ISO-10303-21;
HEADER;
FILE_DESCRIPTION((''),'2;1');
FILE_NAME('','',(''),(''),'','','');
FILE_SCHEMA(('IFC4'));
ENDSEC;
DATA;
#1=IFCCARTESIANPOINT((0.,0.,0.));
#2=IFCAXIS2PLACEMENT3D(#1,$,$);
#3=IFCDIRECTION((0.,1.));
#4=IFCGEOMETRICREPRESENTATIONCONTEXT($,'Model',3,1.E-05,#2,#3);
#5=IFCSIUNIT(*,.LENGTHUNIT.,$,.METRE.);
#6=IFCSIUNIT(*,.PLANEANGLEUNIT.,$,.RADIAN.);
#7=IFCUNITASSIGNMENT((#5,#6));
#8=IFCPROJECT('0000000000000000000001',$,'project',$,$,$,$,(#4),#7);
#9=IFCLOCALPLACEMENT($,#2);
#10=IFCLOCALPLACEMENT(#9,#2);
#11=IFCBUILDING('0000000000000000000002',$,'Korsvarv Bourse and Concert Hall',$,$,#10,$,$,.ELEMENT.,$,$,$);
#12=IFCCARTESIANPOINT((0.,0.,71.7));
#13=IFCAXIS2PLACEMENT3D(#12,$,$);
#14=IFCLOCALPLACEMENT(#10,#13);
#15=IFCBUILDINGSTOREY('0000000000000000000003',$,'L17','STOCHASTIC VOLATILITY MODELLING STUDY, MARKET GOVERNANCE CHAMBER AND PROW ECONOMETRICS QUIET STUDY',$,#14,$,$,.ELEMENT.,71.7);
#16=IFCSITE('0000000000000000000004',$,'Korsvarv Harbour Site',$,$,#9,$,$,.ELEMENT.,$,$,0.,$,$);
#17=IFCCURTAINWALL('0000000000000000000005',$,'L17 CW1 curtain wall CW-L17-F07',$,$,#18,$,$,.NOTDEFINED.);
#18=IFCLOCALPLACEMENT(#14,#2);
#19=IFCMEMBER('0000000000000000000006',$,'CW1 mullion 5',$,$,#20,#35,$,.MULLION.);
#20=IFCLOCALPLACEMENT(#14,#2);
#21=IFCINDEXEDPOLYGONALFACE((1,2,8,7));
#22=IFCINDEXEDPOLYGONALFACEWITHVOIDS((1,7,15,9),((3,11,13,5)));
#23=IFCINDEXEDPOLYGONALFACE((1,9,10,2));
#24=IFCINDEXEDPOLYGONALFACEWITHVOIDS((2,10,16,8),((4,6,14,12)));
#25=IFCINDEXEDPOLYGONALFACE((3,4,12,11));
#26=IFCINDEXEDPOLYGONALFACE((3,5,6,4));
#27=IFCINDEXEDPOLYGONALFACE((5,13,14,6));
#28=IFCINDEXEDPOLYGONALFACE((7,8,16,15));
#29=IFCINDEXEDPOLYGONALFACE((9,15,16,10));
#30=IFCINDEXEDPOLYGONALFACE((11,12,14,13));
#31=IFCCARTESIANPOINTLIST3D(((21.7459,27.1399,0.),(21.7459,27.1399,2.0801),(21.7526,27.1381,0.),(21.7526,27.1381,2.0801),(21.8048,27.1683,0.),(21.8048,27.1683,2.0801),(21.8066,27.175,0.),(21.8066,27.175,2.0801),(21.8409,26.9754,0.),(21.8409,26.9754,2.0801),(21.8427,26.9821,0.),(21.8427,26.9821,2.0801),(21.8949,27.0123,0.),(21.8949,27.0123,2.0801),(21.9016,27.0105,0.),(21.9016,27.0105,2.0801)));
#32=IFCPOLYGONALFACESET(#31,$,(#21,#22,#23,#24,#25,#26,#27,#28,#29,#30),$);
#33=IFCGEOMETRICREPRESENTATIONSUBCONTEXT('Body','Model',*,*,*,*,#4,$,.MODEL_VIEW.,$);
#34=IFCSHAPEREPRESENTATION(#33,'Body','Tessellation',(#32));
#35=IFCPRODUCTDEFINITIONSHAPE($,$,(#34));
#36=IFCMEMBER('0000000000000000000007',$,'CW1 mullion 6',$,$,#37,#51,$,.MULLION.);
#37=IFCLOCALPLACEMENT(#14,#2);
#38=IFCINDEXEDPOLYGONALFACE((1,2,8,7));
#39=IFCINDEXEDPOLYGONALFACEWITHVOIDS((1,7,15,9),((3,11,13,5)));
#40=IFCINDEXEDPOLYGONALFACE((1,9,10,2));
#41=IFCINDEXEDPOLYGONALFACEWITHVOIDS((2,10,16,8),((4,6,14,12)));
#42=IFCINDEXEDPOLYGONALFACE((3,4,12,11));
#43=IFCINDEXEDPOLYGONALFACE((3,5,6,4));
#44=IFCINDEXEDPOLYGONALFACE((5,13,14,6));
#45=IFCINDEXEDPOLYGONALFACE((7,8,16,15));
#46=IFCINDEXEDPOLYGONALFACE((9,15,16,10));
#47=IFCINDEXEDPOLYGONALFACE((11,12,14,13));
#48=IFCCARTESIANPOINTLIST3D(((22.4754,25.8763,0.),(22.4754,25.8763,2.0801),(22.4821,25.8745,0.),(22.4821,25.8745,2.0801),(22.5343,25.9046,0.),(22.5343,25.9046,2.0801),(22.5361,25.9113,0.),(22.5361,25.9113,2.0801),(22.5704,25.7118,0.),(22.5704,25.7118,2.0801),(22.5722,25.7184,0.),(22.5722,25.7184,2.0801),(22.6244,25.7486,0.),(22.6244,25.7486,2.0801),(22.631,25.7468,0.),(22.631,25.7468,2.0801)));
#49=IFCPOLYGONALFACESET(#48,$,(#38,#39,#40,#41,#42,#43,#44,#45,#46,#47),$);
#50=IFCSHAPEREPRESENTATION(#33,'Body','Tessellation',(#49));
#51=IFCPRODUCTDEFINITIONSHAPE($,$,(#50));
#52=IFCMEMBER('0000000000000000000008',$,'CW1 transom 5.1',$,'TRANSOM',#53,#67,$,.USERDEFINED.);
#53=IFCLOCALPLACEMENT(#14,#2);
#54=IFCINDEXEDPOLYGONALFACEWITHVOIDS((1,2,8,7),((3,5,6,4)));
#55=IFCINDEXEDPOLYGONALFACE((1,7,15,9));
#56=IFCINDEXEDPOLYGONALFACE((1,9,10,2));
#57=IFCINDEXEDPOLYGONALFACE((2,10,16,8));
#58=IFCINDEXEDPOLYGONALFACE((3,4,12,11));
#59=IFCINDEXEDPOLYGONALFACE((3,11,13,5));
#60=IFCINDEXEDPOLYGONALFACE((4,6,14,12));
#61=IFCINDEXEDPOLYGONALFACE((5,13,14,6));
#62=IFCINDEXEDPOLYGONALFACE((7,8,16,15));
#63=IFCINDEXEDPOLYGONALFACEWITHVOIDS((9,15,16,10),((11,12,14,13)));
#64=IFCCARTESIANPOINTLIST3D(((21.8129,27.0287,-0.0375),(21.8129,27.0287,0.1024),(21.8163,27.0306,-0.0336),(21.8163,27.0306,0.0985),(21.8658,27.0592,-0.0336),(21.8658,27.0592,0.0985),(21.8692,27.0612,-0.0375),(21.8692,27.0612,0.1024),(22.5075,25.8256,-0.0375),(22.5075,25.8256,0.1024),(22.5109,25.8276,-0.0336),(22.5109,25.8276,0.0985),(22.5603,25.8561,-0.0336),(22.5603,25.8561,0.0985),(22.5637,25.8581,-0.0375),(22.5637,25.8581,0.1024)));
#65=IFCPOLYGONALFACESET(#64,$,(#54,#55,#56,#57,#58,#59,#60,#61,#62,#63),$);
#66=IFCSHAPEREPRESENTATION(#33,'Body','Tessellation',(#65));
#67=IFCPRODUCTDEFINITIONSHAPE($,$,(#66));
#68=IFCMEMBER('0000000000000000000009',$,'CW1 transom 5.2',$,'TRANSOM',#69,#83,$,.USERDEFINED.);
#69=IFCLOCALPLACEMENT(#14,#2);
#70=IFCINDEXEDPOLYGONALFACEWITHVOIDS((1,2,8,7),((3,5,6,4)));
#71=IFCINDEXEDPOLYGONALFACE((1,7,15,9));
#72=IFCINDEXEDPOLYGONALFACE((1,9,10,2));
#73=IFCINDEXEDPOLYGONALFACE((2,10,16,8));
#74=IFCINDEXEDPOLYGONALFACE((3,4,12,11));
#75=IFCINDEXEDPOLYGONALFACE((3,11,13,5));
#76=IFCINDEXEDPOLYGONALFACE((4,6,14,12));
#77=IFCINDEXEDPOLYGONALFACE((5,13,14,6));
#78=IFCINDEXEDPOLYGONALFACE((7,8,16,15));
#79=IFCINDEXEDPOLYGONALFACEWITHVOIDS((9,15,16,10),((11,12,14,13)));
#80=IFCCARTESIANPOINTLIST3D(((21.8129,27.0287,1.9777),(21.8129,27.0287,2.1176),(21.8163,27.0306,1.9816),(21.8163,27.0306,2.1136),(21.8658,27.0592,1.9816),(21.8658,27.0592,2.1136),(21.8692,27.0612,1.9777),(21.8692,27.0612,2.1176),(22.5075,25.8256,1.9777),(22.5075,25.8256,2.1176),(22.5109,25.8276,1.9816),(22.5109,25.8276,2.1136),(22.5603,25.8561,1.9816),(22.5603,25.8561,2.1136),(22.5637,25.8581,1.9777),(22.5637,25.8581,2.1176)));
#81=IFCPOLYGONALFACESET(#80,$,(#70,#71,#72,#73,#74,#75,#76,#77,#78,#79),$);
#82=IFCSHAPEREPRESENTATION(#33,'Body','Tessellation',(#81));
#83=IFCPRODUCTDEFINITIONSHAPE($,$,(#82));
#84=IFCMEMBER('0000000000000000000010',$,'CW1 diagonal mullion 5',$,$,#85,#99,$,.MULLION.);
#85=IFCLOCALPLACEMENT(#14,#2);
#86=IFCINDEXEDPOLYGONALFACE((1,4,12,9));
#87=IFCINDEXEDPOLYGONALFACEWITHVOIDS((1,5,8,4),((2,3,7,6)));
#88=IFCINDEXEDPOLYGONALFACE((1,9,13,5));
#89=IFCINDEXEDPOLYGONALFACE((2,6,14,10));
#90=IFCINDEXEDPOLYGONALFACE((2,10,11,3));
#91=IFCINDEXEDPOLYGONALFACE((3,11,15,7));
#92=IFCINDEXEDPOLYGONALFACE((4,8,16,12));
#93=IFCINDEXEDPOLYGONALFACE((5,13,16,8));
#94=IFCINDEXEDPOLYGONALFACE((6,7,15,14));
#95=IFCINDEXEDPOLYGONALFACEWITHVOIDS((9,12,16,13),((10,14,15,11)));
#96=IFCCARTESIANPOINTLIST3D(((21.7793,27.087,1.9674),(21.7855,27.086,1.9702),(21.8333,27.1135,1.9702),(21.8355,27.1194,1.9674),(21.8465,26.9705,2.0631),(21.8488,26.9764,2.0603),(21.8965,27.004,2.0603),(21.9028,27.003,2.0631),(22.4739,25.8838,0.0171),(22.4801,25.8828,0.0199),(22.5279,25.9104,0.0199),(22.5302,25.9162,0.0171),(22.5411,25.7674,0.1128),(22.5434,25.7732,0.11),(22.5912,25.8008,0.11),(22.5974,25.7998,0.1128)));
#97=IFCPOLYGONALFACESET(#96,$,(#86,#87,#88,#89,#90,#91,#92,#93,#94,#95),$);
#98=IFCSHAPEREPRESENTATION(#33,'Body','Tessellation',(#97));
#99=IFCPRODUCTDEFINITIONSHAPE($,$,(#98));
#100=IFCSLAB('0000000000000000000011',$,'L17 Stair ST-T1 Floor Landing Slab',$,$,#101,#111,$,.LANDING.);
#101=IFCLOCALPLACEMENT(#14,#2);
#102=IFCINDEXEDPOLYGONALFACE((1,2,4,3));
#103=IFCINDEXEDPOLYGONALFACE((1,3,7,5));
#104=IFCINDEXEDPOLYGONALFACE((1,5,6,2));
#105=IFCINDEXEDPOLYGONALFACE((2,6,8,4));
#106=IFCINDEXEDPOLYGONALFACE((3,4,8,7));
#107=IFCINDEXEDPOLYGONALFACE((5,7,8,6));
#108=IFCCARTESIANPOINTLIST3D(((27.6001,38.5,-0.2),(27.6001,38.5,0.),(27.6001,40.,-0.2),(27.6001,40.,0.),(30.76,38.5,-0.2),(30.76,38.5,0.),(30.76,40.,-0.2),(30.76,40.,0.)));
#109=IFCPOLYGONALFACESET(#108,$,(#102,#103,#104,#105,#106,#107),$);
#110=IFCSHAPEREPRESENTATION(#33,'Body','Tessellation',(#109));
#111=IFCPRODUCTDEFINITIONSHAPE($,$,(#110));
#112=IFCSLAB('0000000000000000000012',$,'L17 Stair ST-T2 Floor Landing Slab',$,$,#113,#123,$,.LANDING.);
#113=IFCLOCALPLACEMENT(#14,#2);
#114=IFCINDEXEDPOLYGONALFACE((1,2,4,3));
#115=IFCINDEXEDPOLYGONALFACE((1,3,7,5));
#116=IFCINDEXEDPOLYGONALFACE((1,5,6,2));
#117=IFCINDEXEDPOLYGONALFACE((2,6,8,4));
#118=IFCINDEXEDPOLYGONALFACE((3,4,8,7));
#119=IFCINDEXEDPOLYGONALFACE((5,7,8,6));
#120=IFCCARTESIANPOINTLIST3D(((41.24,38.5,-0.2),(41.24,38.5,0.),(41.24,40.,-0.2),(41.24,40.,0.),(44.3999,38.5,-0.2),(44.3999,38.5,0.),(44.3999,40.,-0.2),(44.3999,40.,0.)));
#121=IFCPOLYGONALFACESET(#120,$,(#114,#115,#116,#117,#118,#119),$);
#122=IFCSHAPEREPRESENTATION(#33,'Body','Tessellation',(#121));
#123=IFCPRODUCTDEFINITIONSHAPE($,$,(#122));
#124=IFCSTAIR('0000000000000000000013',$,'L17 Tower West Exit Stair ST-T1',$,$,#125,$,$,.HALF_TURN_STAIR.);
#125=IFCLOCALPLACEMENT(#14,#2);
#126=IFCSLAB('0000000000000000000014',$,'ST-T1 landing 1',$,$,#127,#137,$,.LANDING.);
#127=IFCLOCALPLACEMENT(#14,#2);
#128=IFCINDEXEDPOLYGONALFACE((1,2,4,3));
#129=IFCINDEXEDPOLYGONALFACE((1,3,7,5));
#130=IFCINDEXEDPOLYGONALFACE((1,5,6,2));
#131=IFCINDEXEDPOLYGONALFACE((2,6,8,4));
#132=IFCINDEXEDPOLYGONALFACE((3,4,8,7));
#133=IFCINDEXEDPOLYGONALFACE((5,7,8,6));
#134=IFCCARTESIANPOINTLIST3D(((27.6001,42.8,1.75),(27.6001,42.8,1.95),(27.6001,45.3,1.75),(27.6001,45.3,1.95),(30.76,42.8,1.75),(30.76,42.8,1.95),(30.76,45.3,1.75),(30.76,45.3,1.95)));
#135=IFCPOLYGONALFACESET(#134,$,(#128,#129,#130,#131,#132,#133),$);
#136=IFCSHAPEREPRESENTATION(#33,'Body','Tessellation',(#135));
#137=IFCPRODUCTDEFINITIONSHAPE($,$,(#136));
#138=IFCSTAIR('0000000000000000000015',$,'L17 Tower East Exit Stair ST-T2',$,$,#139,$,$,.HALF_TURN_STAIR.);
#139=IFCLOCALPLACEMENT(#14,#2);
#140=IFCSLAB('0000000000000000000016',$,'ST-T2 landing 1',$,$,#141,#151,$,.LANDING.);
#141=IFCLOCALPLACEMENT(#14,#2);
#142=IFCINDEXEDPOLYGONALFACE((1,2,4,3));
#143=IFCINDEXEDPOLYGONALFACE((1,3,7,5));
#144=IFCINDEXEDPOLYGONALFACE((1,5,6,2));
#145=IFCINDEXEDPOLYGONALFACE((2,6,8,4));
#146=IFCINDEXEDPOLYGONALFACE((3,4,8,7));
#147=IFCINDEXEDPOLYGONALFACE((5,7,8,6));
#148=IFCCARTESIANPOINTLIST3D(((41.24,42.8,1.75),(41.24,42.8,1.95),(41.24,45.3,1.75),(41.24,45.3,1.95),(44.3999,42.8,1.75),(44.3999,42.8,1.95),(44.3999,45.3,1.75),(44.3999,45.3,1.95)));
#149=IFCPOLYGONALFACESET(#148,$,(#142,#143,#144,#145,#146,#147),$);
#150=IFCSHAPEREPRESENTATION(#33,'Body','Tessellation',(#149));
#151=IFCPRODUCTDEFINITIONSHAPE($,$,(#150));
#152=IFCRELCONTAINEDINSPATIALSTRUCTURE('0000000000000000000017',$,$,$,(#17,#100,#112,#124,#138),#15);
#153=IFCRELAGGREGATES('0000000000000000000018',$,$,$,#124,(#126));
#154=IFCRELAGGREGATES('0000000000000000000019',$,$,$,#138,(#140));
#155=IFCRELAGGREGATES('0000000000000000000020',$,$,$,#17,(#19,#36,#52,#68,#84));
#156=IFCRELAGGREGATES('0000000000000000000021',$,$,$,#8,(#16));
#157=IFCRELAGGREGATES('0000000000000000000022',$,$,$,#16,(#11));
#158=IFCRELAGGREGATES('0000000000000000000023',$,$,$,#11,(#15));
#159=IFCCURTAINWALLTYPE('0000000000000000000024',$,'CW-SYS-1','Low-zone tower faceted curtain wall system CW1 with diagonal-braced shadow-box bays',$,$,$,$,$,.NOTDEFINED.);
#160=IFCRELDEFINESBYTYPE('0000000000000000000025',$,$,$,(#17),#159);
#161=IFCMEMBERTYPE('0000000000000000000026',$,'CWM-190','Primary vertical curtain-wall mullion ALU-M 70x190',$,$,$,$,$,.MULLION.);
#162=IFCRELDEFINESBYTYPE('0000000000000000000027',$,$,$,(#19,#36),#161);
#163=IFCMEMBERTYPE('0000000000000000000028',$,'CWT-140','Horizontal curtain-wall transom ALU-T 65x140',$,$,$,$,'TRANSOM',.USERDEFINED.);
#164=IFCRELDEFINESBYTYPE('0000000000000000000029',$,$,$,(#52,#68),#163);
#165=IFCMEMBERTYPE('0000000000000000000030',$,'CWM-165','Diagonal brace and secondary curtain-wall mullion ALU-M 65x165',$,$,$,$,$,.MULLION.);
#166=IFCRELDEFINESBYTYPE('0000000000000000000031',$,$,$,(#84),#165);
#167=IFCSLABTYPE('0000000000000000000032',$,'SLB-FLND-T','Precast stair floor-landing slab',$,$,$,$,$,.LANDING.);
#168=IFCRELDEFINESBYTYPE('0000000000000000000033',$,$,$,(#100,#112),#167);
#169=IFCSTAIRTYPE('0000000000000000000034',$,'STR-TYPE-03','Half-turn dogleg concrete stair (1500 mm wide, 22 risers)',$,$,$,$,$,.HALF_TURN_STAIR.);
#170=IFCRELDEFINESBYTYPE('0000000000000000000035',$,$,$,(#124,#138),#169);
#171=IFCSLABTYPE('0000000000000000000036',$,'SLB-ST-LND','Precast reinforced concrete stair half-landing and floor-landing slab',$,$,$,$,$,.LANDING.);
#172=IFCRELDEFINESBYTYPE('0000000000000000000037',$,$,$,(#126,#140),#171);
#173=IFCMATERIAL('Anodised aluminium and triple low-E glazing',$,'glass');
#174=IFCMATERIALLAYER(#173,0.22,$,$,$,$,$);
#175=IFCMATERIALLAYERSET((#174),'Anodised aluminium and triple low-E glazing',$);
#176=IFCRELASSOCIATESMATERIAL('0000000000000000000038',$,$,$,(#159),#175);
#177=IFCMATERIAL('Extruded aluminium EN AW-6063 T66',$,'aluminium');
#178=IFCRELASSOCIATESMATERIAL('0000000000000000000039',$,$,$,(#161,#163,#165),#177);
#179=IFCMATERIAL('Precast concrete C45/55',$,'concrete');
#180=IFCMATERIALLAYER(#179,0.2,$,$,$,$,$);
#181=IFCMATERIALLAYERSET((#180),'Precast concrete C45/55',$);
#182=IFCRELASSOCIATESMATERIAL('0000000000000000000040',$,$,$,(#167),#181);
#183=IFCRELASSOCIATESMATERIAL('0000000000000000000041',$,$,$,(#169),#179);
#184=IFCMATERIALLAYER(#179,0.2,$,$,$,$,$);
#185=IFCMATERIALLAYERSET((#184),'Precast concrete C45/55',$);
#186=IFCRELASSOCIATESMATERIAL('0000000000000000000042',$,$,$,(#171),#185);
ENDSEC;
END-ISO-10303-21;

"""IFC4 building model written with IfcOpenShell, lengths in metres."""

from ifc_helpers import new_model, si_unit, direction, frame, origin, origin_2d, place, context, subcontext, project, spatial, polyline, hollow_rectangle, outline, extrude, source, transform, mapped, material, layer, layer_set, material_profile, profile_set, type_object, element, aggregate, save


model = new_model("IFC4")

# Units and contexts
model_context = context("Model", 3, precision=1e-05, world=origin(), true_north=direction((0.0, 1.0)))
body_context = subcontext(model_context, "Body", "Model", "MODEL_VIEW")
ifc_project = project(units=[si_unit("LENGTHUNIT", "METRE"), si_unit("PLANEANGLEUNIT", "RADIAN")], contexts=[model_context])

# Site, building, storey
site_placement = place(None, origin())
site = spatial("IfcSite", under=ifc_project, at=site_placement, Name="Korsvarv Harbour Site", CompositionType="ELEMENT", RefElevation=0.0)
building_placement = place(site_placement, origin())
building = spatial("IfcBuilding", under=site, at=building_placement, Name="Korsvarv Bourse and Concert Hall", CompositionType="ELEMENT")
storey_placement = place(building_placement, frame((0.0, 0.0, 71.7)))
storey = spatial("IfcBuildingStorey", under=building, at=storey_placement, Name="L17", Description="STOCHASTIC VOLATILITY MODELLING STUDY, MARKET GOVERNANCE CHAMBER AND PROW ECONOMETRICS QUIET STUDY", CompositionType="ELEMENT", Elevation=71.7)

# Curtain wall, members
ifc_material_1 = material(Name="Anodised aluminium and triple low-E glazing", Category="glass")
ifc_layer_1 = layer(ifc_material_1, 0.22)
ifc_layer_set_1 = layer_set([ifc_layer_1], Name="Anodised aluminium and triple low-E glazing")
curtain_wall_type = type_object("IfcCurtainWallType", Name="CW-SYS-1", Description="Low-zone tower faceted curtain wall system CW1 with diagonal-braced shadow-box bays", PredefinedType="NOTDEFINED", material=ifc_layer_set_1)
curtain_wall_placement = place(storey_placement, origin())
curtain_wall = element("IfcCurtainWall", 1, at=curtain_wall_placement, inside=storey, type_object=curtain_wall_type, Name="L17 CW1 curtain wall CW-L17-F07", PredefinedType="NOTDEFINED")
ifc_material_2 = material(Name="Extruded aluminium EN AW-6063 T66", Category="aluminium")
ifc_material_profile_1 = material_profile(ifc_material_2, hollow_rectangle(XDim=0.0701, YDim=0.1899, WallThickness=0.0049, at=origin_2d()), Name="ALU-M 70x190")
ifc_profile_set_1 = profile_set([ifc_material_profile_1], Name="Extruded aluminium EN AW-6063 T66")
member_type_1 = type_object("IfcMemberType", Name="CWM-190", Description="Primary vertical curtain-wall mullion ALU-M 70x190", PredefinedType="MULLION", material=ifc_profile_set_1)
shared_shape_1 = source(origin(), body_context, "Body", "SweptSolid", [
    extrude(hollow_rectangle(XDim=0.0701, YDim=0.1899, WallThickness=0.0049, at=origin_2d()), origin(), (0.0, 0.0, 1.0), 2.0801),
])
member_1_placement = place(storey_placement, frame((21.8237, 27.0752, 0.0), z_axis=(0.0, 0.0, 1.0), x_axis=(0.866022, 0.500006, 0.0)))
member_1 = element("IfcMember", 2, at=member_1_placement, type_object=member_type_1, Name="CW1 mullion 5", PredefinedType="MULLION", context=body_context, shape_type="MappedRepresentation", body=[
    mapped(shared_shape_1, transform((0.0, 0.0, 0.0), scale=1.0)),
])
member_2_placement = place(storey_placement, frame((22.5532, 25.8115, 0.0), z_axis=(0.0, 0.0, 1.0), x_axis=(0.866022, 0.500006, 0.0)))
member_2 = element("IfcMember", 3, at=member_2_placement, type_object=member_type_1, Name="CW1 mullion 6", PredefinedType="MULLION", context=body_context, shape_type="MappedRepresentation", body=[
    mapped(shared_shape_1, transform((0.0, 0.0, 0.0), scale=1.0)),
])
ifc_material_profile_2 = material_profile(ifc_material_2, hollow_rectangle(XDim=0.0649, YDim=0.1399, WallThickness=0.0039, at=origin_2d()), Name="ALU-T 65x140")
ifc_profile_set_2 = profile_set([ifc_material_profile_2], Name="Extruded aluminium EN AW-6063 T66")
member_type_2 = type_object("IfcMemberType", Name="CWT-140", Description="Horizontal curtain-wall transom ALU-T 65x140", ElementType="TRANSOM", PredefinedType="USERDEFINED", material=ifc_profile_set_2)
shared_shape_2 = source(origin(), body_context, "Body", "SweptSolid", [
    extrude(hollow_rectangle(XDim=0.0649, YDim=0.1399, WallThickness=0.0039, at=origin_2d()), origin(), (0.0, 0.0, 1.0), 1.3892),
])
member_3_placement = place(storey_placement, frame((21.8411, 27.0449, 0.0325), z_axis=(0.499976, -0.866039, 0.0), x_axis=(0.866039, 0.499976, 0.0)))
member_3 = element("IfcMember", 4, at=member_3_placement, type_object=member_type_2, Name="CW1 transom 5.1", ObjectType="TRANSOM", PredefinedType="USERDEFINED", context=body_context, shape_type="MappedRepresentation", body=[
    mapped(shared_shape_2, transform((0.0, 0.0, 0.0), scale=1.0)),
])
member_4_placement = place(storey_placement, frame((21.8411, 27.0449, 2.0476), z_axis=(0.499976, -0.866039, 0.0), x_axis=(0.866039, 0.499976, 0.0)))
member_4 = element("IfcMember", 5, at=member_4_placement, type_object=member_type_2, Name="CW1 transom 5.2", ObjectType="TRANSOM", PredefinedType="USERDEFINED", context=body_context, shape_type="MappedRepresentation", body=[
    mapped(shared_shape_2, transform((0.0, 0.0, 0.0), scale=1.0)),
])
ifc_material_profile_3 = material_profile(ifc_material_2, hollow_rectangle(XDim=0.0649, YDim=0.165, WallThickness=0.0049, at=origin_2d()), Name="ALU-M 65x165")
ifc_profile_set_3 = profile_set([ifc_material_profile_3], Name="Extruded aluminium EN AW-6063 T66")
member_type_3 = type_object("IfcMemberType", Name="CWM-165", Description="Diagonal brace and secondary curtain-wall mullion ALU-M 65x165", PredefinedType="MULLION", material=ifc_profile_set_3)
shared_shape_3 = source(origin(), body_context, "Body", "SweptSolid", [
    extrude(hollow_rectangle(XDim=0.0649, YDim=0.165, WallThickness=0.0049, at=origin_2d()), origin(), (0.0, 0.0, 1.0), 2.3945),
])
member_5_placement = place(storey_placement, frame((22.5356, 25.8418, 0.0649), z_axis=(-0.290084, 0.502472, 0.814477), x_axis=(-0.866039, -0.499976, 0.0)))
member_5 = element("IfcMember", 6, at=member_5_placement, type_object=member_type_3, Name="CW1 diagonal mullion 5", PredefinedType="MULLION", context=body_context, shape_type="MappedRepresentation", body=[
    mapped(shared_shape_3, transform((0.0, 0.0, 0.0), scale=1.0)),
])

# Slabs
ifc_material_3 = material(Name="Precast concrete C45/55", Category="concrete")
ifc_layer_2 = layer(ifc_material_3, 0.2)
ifc_layer_set_2 = layer_set([ifc_layer_2], Name="Precast concrete C45/55")
slab_type_1 = type_object("IfcSlabType", Name="SLB-FLND-T", Description="Precast stair floor-landing slab", PredefinedType="LANDING", material=ifc_layer_set_2)
slab_1_placement = place(storey_placement, frame((0.0, 0.0, -0.2)))
element("IfcSlab", 7, at=slab_1_placement, inside=storey, type_object=slab_type_1, Name="L17 Stair ST-T1 Floor Landing Slab", PredefinedType="LANDING", context=body_context, shape_type="SweptSolid", body=[
    extrude(outline(polyline([(30.76, 38.5), (30.76, 40.0), (27.6001, 40.0), (27.6001, 38.5), (30.76, 38.5)])), origin(), (0.0, 0.0, 1.0), 0.2),
])
slab_2_placement = place(storey_placement, frame((0.0, 0.0, -0.2)))
element("IfcSlab", 8, at=slab_2_placement, inside=storey, type_object=slab_type_1, Name="L17 Stair ST-T2 Floor Landing Slab", PredefinedType="LANDING", context=body_context, shape_type="SweptSolid", body=[
    extrude(outline(polyline([(44.3999, 38.5), (44.3999, 40.0), (41.24, 40.0), (41.24, 38.5), (44.3999, 38.5)])), origin(), (0.0, 0.0, 1.0), 0.2),
])

# Stairs, slabs
stair_type = type_object("IfcStairType", Name="STR-TYPE-03", Description="Half-turn dogleg concrete stair (1500 mm wide, 22 risers)", PredefinedType="HALF_TURN_STAIR", material=ifc_material_3)
stair_1_placement = place(storey_placement, origin())
stair_1 = element("IfcStair", 9, at=stair_1_placement, inside=storey, type_object=stair_type, Name="L17 Tower West Exit Stair ST-T1", PredefinedType="HALF_TURN_STAIR")
ifc_layer_3 = layer(ifc_material_3, 0.2)
ifc_layer_set_3 = layer_set([ifc_layer_3], Name="Precast concrete C45/55")
slab_type_2 = type_object("IfcSlabType", Name="SLB-ST-LND", Description="Precast reinforced concrete stair half-landing and floor-landing slab", PredefinedType="LANDING", material=ifc_layer_set_3)
slab_3_placement = place(storey_placement, frame((0.0, 0.0, 1.75)))
slab_3 = element("IfcSlab", 10, at=slab_3_placement, type_object=slab_type_2, Name="ST-T1 landing 1", PredefinedType="LANDING", context=body_context, shape_type="SweptSolid", body=[
    extrude(outline(polyline([(30.76, 42.8), (30.76, 45.3), (27.6001, 45.3), (27.6001, 42.8), (30.76, 42.8)])), origin(), (0.0, 0.0, 1.0), 0.2),
])
aggregate(stair_1, [slab_3])
stair_2_placement = place(storey_placement, origin())
stair_2 = element("IfcStair", 11, at=stair_2_placement, inside=storey, type_object=stair_type, Name="L17 Tower East Exit Stair ST-T2", PredefinedType="HALF_TURN_STAIR")
slab_4_placement = place(storey_placement, frame((0.0, 0.0, 1.75)))
slab_4 = element("IfcSlab", 12, at=slab_4_placement, type_object=slab_type_2, Name="ST-T2 landing 1", PredefinedType="LANDING", context=body_context, shape_type="SweptSolid", body=[
    extrude(outline(polyline([(44.3999, 42.8), (44.3999, 45.3), (41.24, 45.3), (41.24, 42.8), (44.3999, 42.8)])), origin(), (0.0, 0.0, 1.0), 0.2),
])
aggregate(stair_2, [slab_4])

aggregate(curtain_wall, [member_1, member_2, member_3, member_4, member_5])

save(model, "model.ifc")
